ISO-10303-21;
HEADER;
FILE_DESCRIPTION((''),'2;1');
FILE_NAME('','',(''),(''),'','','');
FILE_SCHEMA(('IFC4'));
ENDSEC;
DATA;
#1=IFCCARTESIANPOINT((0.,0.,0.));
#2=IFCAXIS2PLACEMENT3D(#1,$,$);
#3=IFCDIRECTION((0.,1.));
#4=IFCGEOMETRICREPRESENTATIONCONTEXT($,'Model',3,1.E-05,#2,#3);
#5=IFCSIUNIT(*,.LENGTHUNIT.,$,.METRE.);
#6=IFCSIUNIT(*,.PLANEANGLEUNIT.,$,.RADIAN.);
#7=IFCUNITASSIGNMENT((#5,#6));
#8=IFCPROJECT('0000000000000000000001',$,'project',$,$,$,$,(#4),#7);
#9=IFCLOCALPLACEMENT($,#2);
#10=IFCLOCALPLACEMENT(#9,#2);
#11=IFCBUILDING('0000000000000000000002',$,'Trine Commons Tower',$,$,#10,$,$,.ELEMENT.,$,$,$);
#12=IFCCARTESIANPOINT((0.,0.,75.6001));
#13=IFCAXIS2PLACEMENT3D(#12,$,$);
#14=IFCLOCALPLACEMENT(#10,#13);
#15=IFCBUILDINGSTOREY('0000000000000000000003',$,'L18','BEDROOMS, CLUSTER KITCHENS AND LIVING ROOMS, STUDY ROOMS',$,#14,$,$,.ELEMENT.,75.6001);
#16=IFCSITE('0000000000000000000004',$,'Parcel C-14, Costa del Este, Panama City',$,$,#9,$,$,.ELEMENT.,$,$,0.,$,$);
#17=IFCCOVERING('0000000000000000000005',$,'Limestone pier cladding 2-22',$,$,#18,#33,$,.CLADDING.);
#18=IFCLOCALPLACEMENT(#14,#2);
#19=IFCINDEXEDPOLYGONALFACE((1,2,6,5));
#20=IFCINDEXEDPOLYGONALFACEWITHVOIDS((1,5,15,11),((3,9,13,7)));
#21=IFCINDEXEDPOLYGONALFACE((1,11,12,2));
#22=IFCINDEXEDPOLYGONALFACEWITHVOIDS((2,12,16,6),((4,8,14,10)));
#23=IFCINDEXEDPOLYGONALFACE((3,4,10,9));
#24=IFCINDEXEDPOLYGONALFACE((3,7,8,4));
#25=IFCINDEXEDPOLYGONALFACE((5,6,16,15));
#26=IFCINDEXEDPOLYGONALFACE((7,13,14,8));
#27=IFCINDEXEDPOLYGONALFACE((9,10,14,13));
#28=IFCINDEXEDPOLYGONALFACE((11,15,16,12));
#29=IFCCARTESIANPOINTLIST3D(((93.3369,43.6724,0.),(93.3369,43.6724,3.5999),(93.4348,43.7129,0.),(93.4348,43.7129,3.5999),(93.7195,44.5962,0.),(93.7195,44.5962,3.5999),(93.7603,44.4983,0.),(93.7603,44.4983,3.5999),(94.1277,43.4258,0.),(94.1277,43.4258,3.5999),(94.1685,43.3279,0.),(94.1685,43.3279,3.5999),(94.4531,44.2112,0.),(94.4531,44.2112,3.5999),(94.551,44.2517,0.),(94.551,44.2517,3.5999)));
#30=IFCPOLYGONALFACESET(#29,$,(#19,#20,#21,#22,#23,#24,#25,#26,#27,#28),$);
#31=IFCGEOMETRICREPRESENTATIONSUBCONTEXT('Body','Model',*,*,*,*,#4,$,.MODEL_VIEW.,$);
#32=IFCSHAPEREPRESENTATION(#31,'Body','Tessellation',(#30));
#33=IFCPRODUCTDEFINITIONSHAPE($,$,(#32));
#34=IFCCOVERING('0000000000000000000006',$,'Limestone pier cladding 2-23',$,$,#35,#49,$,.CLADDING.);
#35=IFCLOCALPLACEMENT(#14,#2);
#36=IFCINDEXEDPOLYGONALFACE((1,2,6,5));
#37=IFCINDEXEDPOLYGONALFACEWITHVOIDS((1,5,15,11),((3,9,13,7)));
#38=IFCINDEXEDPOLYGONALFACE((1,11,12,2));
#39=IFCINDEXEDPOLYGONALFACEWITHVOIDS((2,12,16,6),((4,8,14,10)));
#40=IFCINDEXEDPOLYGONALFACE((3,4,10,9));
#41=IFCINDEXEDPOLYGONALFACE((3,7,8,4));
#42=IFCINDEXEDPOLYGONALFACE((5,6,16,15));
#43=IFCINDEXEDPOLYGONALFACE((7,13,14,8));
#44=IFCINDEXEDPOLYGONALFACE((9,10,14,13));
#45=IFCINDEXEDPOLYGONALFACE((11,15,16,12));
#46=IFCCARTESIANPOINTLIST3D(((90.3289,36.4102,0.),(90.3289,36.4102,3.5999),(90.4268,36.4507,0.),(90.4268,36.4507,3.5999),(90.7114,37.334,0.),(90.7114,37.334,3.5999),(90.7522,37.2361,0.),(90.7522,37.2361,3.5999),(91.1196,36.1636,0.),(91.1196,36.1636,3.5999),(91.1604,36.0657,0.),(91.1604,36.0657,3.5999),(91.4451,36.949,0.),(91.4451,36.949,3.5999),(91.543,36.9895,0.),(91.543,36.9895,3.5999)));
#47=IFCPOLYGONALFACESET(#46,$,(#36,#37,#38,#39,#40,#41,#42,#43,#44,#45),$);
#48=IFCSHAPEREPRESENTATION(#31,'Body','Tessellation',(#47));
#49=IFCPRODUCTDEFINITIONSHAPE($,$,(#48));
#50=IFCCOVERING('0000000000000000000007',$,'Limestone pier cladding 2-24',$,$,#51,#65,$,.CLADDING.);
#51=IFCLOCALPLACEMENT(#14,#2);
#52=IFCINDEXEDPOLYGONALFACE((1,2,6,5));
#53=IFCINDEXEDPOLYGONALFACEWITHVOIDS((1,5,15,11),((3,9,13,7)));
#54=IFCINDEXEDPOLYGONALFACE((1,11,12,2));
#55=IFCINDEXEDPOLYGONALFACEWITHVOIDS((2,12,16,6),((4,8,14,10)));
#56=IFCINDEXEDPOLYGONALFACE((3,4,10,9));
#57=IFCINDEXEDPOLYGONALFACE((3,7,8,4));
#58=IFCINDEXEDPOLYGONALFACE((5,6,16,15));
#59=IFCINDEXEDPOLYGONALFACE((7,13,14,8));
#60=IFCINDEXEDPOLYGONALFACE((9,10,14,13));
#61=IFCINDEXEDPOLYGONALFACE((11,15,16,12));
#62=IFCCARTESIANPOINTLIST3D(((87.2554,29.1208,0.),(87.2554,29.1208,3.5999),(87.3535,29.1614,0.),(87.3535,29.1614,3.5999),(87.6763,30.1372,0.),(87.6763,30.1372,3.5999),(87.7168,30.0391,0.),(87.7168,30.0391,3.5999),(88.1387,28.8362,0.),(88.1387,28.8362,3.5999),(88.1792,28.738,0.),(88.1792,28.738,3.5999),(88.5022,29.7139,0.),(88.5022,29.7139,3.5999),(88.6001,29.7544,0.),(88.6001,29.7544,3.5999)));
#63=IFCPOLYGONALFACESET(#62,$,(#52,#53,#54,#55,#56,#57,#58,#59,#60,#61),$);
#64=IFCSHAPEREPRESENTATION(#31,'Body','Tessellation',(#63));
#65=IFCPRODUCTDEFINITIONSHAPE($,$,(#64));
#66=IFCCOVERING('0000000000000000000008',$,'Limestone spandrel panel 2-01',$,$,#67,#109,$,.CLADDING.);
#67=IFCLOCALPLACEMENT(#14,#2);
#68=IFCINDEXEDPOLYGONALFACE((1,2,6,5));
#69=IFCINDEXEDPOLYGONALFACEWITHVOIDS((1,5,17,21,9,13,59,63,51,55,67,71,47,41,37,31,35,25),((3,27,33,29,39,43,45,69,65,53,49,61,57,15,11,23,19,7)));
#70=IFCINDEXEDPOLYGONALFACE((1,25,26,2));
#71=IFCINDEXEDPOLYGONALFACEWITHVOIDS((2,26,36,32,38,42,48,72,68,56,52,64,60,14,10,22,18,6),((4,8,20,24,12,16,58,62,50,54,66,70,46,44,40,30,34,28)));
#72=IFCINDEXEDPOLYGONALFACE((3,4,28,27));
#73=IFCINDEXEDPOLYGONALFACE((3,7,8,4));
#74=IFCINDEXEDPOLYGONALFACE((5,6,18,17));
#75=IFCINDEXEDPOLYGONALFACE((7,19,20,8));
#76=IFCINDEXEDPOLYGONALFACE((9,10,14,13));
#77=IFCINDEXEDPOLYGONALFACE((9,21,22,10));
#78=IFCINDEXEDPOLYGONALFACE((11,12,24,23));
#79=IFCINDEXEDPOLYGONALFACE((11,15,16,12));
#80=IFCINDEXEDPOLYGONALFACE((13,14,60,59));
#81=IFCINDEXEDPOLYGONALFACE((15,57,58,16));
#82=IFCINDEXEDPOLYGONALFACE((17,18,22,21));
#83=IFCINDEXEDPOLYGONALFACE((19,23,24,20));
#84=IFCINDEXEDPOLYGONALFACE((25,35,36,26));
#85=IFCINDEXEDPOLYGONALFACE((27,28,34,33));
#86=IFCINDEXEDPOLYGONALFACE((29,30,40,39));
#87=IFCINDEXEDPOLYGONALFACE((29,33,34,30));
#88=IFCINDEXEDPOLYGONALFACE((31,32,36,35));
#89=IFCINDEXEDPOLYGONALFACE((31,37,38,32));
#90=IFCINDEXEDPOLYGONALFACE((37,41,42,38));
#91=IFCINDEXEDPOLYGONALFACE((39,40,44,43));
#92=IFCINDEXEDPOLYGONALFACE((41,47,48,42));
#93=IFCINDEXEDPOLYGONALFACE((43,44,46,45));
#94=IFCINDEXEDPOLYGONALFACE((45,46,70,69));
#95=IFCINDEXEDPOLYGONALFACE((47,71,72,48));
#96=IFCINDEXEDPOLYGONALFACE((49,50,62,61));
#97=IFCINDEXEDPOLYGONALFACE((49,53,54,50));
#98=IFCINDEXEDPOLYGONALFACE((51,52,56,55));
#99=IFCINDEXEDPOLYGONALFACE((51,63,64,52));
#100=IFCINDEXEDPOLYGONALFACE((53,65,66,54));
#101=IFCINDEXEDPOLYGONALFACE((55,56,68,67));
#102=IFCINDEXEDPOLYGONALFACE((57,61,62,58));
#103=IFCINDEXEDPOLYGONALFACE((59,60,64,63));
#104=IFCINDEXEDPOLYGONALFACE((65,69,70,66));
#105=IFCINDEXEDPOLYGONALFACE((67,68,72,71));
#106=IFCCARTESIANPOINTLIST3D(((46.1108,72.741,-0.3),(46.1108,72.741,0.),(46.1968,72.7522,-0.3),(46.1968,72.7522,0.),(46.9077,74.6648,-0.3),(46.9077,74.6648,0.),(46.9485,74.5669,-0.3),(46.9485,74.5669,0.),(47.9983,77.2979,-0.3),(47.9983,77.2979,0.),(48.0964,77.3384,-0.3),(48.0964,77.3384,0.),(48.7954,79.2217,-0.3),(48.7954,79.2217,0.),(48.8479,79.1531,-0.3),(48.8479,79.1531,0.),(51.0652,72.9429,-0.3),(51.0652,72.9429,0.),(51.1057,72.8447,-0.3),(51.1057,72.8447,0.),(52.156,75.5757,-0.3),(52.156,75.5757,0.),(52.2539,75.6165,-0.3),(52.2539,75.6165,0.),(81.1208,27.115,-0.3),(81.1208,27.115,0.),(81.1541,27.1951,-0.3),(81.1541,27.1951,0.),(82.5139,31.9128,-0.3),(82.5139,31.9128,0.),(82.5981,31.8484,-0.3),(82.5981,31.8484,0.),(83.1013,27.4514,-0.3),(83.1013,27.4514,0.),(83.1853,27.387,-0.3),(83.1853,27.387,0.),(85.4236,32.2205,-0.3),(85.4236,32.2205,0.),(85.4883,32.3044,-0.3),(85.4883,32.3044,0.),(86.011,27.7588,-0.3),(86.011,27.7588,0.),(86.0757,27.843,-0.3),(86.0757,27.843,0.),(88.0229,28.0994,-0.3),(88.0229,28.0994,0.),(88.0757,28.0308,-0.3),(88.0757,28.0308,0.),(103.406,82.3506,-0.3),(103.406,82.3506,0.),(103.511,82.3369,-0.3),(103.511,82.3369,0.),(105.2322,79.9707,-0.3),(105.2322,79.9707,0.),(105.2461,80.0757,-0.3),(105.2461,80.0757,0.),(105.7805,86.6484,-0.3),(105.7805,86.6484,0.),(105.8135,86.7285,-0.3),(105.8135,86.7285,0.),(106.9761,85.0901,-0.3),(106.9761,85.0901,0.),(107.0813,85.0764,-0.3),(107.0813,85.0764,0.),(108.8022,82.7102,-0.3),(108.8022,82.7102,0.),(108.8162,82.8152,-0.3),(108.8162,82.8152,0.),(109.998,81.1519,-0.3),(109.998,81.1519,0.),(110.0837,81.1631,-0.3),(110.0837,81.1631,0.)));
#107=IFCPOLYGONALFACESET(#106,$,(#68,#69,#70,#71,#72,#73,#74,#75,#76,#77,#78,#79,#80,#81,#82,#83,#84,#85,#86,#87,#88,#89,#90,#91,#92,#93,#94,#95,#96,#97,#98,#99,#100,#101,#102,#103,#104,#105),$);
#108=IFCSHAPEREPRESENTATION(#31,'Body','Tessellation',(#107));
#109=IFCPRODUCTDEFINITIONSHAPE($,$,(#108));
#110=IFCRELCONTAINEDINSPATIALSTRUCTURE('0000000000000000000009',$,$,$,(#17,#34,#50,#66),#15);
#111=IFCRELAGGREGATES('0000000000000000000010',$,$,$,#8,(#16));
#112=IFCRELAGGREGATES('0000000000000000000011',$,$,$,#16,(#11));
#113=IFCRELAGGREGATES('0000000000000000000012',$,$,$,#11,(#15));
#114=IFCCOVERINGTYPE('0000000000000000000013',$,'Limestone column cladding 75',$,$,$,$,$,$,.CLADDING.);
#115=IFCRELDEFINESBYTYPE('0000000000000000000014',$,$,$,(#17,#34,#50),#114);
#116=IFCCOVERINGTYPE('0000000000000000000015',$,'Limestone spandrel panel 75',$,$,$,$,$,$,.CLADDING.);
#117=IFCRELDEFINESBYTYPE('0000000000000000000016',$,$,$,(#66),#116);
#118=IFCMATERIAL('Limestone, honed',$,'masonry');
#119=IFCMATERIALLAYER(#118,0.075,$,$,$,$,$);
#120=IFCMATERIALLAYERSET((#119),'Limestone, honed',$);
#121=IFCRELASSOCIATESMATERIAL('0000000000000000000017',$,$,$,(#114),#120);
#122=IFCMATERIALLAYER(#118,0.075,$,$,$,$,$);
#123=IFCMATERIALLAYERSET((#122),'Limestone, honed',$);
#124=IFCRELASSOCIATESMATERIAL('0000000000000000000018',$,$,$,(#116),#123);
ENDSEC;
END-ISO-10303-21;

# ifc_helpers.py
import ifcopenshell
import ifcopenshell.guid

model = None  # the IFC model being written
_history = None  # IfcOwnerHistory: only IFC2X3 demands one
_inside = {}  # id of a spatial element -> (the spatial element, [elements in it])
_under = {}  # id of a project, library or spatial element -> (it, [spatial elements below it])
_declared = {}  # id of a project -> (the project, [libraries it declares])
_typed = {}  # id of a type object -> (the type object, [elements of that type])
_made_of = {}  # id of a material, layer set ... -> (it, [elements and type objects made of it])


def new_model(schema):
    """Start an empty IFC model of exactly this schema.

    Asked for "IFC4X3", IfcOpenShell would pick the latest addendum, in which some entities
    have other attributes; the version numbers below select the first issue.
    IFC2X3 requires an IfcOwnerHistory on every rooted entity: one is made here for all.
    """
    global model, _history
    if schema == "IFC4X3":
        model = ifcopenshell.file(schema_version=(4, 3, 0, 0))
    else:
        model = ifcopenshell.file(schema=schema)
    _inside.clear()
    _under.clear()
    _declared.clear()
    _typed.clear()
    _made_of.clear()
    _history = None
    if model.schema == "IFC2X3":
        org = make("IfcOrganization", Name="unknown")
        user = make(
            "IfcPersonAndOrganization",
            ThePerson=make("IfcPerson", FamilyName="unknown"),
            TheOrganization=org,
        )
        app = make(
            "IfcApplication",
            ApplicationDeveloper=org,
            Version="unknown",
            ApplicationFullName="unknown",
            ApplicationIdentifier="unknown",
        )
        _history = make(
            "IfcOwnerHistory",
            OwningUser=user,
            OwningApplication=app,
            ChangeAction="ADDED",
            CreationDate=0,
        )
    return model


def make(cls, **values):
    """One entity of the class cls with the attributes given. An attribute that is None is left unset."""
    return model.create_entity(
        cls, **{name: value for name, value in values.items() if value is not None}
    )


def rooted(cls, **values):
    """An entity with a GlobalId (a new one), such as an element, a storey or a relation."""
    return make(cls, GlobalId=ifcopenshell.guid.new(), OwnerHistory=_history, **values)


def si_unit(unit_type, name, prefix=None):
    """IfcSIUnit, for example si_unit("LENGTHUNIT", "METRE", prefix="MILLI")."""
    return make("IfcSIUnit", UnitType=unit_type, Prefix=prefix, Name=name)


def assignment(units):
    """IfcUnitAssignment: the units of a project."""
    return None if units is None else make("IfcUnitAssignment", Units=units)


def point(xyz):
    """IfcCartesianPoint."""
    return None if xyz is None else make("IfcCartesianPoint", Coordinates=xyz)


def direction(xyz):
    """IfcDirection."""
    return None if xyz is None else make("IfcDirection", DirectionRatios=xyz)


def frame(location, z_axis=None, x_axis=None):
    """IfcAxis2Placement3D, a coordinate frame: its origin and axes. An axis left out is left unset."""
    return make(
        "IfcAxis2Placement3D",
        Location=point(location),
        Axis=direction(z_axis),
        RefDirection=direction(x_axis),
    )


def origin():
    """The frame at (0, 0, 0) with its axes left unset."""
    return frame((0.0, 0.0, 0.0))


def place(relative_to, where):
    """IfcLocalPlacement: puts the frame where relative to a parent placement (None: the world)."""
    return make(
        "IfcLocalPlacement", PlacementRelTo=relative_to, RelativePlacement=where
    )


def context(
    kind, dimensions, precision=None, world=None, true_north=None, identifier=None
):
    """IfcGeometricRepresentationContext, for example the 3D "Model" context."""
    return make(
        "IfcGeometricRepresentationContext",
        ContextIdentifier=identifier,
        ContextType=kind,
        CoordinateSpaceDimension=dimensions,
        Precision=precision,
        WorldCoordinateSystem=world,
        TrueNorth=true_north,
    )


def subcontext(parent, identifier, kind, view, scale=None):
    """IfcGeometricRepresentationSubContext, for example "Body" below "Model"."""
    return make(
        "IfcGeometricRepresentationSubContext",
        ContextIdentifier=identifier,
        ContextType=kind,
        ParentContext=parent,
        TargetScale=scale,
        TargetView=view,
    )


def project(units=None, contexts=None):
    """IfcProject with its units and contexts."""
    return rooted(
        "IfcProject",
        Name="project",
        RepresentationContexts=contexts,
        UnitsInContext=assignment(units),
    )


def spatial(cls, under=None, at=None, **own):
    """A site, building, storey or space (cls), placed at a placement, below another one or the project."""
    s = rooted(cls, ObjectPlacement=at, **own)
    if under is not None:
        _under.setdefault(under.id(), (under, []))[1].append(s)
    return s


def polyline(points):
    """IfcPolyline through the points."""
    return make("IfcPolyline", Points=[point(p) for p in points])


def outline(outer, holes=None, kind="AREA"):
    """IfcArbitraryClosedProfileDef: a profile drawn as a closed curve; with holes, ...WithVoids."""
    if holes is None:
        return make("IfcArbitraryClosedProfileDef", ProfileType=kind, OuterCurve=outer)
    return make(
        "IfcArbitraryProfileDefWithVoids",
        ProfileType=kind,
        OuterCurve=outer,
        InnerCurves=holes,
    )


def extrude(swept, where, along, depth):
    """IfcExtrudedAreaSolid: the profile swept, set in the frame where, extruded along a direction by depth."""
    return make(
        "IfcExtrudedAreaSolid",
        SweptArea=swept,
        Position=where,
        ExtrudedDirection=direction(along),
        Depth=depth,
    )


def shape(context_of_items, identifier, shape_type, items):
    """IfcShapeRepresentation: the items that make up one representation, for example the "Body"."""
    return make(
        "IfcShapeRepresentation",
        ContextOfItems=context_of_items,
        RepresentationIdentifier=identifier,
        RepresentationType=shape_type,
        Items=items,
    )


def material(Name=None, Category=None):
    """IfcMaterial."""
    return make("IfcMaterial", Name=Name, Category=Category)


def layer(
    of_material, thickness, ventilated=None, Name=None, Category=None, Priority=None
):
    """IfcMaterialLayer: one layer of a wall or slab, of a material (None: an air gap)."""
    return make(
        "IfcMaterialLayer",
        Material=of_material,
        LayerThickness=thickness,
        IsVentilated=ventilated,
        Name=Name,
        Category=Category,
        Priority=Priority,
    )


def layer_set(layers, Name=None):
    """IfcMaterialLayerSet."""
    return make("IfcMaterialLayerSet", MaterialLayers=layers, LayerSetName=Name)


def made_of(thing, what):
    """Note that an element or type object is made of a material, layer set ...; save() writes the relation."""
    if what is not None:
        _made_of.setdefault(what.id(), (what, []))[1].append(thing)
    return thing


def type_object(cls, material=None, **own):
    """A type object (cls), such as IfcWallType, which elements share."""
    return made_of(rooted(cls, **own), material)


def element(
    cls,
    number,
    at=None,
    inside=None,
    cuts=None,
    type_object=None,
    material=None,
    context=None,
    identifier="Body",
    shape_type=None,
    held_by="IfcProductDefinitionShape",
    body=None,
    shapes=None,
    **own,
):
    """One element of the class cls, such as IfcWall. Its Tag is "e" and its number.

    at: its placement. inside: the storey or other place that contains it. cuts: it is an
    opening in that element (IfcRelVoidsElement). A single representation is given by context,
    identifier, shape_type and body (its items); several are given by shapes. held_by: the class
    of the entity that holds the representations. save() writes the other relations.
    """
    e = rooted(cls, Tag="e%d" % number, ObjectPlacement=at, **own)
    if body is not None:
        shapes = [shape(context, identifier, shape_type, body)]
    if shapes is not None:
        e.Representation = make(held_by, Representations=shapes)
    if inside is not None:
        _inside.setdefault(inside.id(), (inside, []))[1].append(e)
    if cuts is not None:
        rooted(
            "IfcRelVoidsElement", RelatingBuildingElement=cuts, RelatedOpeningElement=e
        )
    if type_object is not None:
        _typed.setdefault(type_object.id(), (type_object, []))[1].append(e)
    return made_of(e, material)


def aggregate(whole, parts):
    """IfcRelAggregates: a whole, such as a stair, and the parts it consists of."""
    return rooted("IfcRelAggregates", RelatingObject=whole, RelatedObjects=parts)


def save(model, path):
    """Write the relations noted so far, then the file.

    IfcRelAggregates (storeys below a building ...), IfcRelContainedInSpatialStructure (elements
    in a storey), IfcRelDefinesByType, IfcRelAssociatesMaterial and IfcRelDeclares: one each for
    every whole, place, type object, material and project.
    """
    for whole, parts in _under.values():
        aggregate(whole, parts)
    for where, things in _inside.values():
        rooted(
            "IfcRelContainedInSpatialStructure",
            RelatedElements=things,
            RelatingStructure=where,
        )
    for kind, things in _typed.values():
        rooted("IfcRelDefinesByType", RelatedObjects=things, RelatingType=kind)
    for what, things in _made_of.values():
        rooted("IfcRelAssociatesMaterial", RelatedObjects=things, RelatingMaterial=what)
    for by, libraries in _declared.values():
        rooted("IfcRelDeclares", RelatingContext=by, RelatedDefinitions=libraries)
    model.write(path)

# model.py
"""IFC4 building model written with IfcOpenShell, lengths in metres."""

from ifc_helpers import new_model, si_unit, direction, frame, origin, place, context, subcontext, project, spatial, polyline, outline, extrude, material, layer, layer_set, type_object, element, save


model = new_model("IFC4")

# Units and contexts
model_context = context("Model", 3, precision=1e-05, world=origin(), true_north=direction((0.0, 1.0)))
body_context = subcontext(model_context, "Body", "Model", "MODEL_VIEW")
ifc_project = project(units=[si_unit("LENGTHUNIT", "METRE"), si_unit("PLANEANGLEUNIT", "RADIAN")], contexts=[model_context])

# Site, building, storey
site_placement = place(None, origin())
site = spatial("IfcSite", under=ifc_project, at=site_placement, Name="Parcel C-14, Costa del Este, Panama City", CompositionType="ELEMENT", RefElevation=0.0)
building_placement = place(site_placement, origin())
building = spatial("IfcBuilding", under=site, at=building_placement, Name="Trine Commons Tower", CompositionType="ELEMENT")
storey_placement = place(building_placement, frame((0.0, 0.0, 75.6001)))
storey = spatial("IfcBuildingStorey", under=building, at=storey_placement, Name="L18", Description="BEDROOMS, CLUSTER KITCHENS AND LIVING ROOMS, STUDY ROOMS", CompositionType="ELEMENT", Elevation=75.6001)

# Coverings
ifc_material_1 = material(Name="Limestone, honed", Category="masonry")
ifc_layer_1 = layer(ifc_material_1, 0.075)
ifc_layer_set_1 = layer_set([ifc_layer_1], Name="Limestone, honed")
covering_type_1 = type_object("IfcCoveringType", Name="Limestone column cladding 75", PredefinedType="CLADDING", material=ifc_layer_set_1)
covering_1_placement = place(storey_placement, origin())
element("IfcCovering", 1, at=covering_1_placement, inside=storey, type_object=covering_type_1, Name="Limestone pier cladding 2-22", PredefinedType="CLADDING", context=body_context, shape_type="SweptSolid", body=[
    extrude(outline(polyline([(94.551, 44.2517), (93.7195, 44.5962), (93.3369, 43.6724), (94.1685, 43.3279), (94.551, 44.2517)]), holes=[polyline([(94.4531, 44.2112), (93.7603, 44.4983), (93.4348, 43.7129), (94.1277, 43.4258), (94.4531, 44.2112)])]), origin(), (0.0, 0.0, 1.0), 3.5999),
])
covering_2_placement = place(storey_placement, origin())
element("IfcCovering", 2, at=covering_2_placement, inside=storey, type_object=covering_type_1, Name="Limestone pier cladding 2-23", PredefinedType="CLADDING", context=body_context, shape_type="SweptSolid", body=[
    extrude(outline(polyline([(91.543, 36.9895), (90.7114, 37.334), (90.3289, 36.4102), (91.1604, 36.0657), (91.543, 36.9895)]), holes=[polyline([(91.4451, 36.949), (90.7522, 37.2361), (90.4268, 36.4507), (91.1196, 36.1636), (91.4451, 36.949)])]), origin(), (0.0, 0.0, 1.0), 3.5999),
])
covering_3_placement = place(storey_placement, origin())
element("IfcCovering", 3, at=covering_3_placement, inside=storey, type_object=covering_type_1, Name="Limestone pier cladding 2-24", PredefinedType="CLADDING", context=body_context, shape_type="SweptSolid", body=[
    extrude(outline(polyline([(88.6001, 29.7544), (87.6763, 30.1372), (87.2554, 29.1208), (88.1792, 28.738), (88.6001, 29.7544)]), holes=[polyline([(88.5022, 29.7139), (87.7168, 30.0391), (87.3535, 29.1614), (88.1387, 28.8362), (88.5022, 29.7139)])]), origin(), (0.0, 0.0, 1.0), 3.5999),
])
ifc_layer_2 = layer(ifc_material_1, 0.075)
ifc_layer_set_2 = layer_set([ifc_layer_2], Name="Limestone, honed")
covering_type_2 = type_object("IfcCoveringType", Name="Limestone spandrel panel 75", PredefinedType="CLADDING", material=ifc_layer_set_2)
covering_4_placement = place(storey_placement, frame((0.0, 0.0, -0.3)))
element("IfcCovering", 4, at=covering_4_placement, inside=storey, type_object=covering_type_2, Name="Limestone spandrel panel 2-01", PredefinedType="CLADDING", context=body_context, shape_type="SweptSolid", body=[
    extrude(outline(polyline([(85.4236, 32.2205), (86.011, 27.7588), (88.0757, 28.0308), (110.0837, 81.1631), (108.8162, 82.8152), (105.2461, 80.0757), (103.511, 82.3369), (107.0813, 85.0764), (105.8135, 86.7285), (48.7954, 79.2217), (47.9983, 77.2979), (52.156, 75.5757), (51.0652, 72.9429), (46.9077, 74.6648), (46.1108, 72.741), (81.1208, 27.115), (83.1853, 27.387), (82.5981, 31.8484), (85.4236, 32.2205)]), holes=[polyline([(108.8022, 82.7102), (109.998, 81.1519), (88.0229, 28.0994), (86.0757, 27.843), (85.4883, 32.3044), (82.5139, 31.9128), (83.1013, 27.4514), (81.1541, 27.1951), (46.1968, 72.7522), (46.9485, 74.5669), (51.1057, 72.8447), (52.2539, 75.6165), (48.0964, 77.3384), (48.8479, 79.1531), (105.7805, 86.6484), (106.9761, 85.0901), (103.406, 82.3506), (105.2322, 79.9707), (108.8022, 82.7102)])]), origin(), (0.0, 0.0, 1.0), 0.3),
])

save(model, "model.ifc")
